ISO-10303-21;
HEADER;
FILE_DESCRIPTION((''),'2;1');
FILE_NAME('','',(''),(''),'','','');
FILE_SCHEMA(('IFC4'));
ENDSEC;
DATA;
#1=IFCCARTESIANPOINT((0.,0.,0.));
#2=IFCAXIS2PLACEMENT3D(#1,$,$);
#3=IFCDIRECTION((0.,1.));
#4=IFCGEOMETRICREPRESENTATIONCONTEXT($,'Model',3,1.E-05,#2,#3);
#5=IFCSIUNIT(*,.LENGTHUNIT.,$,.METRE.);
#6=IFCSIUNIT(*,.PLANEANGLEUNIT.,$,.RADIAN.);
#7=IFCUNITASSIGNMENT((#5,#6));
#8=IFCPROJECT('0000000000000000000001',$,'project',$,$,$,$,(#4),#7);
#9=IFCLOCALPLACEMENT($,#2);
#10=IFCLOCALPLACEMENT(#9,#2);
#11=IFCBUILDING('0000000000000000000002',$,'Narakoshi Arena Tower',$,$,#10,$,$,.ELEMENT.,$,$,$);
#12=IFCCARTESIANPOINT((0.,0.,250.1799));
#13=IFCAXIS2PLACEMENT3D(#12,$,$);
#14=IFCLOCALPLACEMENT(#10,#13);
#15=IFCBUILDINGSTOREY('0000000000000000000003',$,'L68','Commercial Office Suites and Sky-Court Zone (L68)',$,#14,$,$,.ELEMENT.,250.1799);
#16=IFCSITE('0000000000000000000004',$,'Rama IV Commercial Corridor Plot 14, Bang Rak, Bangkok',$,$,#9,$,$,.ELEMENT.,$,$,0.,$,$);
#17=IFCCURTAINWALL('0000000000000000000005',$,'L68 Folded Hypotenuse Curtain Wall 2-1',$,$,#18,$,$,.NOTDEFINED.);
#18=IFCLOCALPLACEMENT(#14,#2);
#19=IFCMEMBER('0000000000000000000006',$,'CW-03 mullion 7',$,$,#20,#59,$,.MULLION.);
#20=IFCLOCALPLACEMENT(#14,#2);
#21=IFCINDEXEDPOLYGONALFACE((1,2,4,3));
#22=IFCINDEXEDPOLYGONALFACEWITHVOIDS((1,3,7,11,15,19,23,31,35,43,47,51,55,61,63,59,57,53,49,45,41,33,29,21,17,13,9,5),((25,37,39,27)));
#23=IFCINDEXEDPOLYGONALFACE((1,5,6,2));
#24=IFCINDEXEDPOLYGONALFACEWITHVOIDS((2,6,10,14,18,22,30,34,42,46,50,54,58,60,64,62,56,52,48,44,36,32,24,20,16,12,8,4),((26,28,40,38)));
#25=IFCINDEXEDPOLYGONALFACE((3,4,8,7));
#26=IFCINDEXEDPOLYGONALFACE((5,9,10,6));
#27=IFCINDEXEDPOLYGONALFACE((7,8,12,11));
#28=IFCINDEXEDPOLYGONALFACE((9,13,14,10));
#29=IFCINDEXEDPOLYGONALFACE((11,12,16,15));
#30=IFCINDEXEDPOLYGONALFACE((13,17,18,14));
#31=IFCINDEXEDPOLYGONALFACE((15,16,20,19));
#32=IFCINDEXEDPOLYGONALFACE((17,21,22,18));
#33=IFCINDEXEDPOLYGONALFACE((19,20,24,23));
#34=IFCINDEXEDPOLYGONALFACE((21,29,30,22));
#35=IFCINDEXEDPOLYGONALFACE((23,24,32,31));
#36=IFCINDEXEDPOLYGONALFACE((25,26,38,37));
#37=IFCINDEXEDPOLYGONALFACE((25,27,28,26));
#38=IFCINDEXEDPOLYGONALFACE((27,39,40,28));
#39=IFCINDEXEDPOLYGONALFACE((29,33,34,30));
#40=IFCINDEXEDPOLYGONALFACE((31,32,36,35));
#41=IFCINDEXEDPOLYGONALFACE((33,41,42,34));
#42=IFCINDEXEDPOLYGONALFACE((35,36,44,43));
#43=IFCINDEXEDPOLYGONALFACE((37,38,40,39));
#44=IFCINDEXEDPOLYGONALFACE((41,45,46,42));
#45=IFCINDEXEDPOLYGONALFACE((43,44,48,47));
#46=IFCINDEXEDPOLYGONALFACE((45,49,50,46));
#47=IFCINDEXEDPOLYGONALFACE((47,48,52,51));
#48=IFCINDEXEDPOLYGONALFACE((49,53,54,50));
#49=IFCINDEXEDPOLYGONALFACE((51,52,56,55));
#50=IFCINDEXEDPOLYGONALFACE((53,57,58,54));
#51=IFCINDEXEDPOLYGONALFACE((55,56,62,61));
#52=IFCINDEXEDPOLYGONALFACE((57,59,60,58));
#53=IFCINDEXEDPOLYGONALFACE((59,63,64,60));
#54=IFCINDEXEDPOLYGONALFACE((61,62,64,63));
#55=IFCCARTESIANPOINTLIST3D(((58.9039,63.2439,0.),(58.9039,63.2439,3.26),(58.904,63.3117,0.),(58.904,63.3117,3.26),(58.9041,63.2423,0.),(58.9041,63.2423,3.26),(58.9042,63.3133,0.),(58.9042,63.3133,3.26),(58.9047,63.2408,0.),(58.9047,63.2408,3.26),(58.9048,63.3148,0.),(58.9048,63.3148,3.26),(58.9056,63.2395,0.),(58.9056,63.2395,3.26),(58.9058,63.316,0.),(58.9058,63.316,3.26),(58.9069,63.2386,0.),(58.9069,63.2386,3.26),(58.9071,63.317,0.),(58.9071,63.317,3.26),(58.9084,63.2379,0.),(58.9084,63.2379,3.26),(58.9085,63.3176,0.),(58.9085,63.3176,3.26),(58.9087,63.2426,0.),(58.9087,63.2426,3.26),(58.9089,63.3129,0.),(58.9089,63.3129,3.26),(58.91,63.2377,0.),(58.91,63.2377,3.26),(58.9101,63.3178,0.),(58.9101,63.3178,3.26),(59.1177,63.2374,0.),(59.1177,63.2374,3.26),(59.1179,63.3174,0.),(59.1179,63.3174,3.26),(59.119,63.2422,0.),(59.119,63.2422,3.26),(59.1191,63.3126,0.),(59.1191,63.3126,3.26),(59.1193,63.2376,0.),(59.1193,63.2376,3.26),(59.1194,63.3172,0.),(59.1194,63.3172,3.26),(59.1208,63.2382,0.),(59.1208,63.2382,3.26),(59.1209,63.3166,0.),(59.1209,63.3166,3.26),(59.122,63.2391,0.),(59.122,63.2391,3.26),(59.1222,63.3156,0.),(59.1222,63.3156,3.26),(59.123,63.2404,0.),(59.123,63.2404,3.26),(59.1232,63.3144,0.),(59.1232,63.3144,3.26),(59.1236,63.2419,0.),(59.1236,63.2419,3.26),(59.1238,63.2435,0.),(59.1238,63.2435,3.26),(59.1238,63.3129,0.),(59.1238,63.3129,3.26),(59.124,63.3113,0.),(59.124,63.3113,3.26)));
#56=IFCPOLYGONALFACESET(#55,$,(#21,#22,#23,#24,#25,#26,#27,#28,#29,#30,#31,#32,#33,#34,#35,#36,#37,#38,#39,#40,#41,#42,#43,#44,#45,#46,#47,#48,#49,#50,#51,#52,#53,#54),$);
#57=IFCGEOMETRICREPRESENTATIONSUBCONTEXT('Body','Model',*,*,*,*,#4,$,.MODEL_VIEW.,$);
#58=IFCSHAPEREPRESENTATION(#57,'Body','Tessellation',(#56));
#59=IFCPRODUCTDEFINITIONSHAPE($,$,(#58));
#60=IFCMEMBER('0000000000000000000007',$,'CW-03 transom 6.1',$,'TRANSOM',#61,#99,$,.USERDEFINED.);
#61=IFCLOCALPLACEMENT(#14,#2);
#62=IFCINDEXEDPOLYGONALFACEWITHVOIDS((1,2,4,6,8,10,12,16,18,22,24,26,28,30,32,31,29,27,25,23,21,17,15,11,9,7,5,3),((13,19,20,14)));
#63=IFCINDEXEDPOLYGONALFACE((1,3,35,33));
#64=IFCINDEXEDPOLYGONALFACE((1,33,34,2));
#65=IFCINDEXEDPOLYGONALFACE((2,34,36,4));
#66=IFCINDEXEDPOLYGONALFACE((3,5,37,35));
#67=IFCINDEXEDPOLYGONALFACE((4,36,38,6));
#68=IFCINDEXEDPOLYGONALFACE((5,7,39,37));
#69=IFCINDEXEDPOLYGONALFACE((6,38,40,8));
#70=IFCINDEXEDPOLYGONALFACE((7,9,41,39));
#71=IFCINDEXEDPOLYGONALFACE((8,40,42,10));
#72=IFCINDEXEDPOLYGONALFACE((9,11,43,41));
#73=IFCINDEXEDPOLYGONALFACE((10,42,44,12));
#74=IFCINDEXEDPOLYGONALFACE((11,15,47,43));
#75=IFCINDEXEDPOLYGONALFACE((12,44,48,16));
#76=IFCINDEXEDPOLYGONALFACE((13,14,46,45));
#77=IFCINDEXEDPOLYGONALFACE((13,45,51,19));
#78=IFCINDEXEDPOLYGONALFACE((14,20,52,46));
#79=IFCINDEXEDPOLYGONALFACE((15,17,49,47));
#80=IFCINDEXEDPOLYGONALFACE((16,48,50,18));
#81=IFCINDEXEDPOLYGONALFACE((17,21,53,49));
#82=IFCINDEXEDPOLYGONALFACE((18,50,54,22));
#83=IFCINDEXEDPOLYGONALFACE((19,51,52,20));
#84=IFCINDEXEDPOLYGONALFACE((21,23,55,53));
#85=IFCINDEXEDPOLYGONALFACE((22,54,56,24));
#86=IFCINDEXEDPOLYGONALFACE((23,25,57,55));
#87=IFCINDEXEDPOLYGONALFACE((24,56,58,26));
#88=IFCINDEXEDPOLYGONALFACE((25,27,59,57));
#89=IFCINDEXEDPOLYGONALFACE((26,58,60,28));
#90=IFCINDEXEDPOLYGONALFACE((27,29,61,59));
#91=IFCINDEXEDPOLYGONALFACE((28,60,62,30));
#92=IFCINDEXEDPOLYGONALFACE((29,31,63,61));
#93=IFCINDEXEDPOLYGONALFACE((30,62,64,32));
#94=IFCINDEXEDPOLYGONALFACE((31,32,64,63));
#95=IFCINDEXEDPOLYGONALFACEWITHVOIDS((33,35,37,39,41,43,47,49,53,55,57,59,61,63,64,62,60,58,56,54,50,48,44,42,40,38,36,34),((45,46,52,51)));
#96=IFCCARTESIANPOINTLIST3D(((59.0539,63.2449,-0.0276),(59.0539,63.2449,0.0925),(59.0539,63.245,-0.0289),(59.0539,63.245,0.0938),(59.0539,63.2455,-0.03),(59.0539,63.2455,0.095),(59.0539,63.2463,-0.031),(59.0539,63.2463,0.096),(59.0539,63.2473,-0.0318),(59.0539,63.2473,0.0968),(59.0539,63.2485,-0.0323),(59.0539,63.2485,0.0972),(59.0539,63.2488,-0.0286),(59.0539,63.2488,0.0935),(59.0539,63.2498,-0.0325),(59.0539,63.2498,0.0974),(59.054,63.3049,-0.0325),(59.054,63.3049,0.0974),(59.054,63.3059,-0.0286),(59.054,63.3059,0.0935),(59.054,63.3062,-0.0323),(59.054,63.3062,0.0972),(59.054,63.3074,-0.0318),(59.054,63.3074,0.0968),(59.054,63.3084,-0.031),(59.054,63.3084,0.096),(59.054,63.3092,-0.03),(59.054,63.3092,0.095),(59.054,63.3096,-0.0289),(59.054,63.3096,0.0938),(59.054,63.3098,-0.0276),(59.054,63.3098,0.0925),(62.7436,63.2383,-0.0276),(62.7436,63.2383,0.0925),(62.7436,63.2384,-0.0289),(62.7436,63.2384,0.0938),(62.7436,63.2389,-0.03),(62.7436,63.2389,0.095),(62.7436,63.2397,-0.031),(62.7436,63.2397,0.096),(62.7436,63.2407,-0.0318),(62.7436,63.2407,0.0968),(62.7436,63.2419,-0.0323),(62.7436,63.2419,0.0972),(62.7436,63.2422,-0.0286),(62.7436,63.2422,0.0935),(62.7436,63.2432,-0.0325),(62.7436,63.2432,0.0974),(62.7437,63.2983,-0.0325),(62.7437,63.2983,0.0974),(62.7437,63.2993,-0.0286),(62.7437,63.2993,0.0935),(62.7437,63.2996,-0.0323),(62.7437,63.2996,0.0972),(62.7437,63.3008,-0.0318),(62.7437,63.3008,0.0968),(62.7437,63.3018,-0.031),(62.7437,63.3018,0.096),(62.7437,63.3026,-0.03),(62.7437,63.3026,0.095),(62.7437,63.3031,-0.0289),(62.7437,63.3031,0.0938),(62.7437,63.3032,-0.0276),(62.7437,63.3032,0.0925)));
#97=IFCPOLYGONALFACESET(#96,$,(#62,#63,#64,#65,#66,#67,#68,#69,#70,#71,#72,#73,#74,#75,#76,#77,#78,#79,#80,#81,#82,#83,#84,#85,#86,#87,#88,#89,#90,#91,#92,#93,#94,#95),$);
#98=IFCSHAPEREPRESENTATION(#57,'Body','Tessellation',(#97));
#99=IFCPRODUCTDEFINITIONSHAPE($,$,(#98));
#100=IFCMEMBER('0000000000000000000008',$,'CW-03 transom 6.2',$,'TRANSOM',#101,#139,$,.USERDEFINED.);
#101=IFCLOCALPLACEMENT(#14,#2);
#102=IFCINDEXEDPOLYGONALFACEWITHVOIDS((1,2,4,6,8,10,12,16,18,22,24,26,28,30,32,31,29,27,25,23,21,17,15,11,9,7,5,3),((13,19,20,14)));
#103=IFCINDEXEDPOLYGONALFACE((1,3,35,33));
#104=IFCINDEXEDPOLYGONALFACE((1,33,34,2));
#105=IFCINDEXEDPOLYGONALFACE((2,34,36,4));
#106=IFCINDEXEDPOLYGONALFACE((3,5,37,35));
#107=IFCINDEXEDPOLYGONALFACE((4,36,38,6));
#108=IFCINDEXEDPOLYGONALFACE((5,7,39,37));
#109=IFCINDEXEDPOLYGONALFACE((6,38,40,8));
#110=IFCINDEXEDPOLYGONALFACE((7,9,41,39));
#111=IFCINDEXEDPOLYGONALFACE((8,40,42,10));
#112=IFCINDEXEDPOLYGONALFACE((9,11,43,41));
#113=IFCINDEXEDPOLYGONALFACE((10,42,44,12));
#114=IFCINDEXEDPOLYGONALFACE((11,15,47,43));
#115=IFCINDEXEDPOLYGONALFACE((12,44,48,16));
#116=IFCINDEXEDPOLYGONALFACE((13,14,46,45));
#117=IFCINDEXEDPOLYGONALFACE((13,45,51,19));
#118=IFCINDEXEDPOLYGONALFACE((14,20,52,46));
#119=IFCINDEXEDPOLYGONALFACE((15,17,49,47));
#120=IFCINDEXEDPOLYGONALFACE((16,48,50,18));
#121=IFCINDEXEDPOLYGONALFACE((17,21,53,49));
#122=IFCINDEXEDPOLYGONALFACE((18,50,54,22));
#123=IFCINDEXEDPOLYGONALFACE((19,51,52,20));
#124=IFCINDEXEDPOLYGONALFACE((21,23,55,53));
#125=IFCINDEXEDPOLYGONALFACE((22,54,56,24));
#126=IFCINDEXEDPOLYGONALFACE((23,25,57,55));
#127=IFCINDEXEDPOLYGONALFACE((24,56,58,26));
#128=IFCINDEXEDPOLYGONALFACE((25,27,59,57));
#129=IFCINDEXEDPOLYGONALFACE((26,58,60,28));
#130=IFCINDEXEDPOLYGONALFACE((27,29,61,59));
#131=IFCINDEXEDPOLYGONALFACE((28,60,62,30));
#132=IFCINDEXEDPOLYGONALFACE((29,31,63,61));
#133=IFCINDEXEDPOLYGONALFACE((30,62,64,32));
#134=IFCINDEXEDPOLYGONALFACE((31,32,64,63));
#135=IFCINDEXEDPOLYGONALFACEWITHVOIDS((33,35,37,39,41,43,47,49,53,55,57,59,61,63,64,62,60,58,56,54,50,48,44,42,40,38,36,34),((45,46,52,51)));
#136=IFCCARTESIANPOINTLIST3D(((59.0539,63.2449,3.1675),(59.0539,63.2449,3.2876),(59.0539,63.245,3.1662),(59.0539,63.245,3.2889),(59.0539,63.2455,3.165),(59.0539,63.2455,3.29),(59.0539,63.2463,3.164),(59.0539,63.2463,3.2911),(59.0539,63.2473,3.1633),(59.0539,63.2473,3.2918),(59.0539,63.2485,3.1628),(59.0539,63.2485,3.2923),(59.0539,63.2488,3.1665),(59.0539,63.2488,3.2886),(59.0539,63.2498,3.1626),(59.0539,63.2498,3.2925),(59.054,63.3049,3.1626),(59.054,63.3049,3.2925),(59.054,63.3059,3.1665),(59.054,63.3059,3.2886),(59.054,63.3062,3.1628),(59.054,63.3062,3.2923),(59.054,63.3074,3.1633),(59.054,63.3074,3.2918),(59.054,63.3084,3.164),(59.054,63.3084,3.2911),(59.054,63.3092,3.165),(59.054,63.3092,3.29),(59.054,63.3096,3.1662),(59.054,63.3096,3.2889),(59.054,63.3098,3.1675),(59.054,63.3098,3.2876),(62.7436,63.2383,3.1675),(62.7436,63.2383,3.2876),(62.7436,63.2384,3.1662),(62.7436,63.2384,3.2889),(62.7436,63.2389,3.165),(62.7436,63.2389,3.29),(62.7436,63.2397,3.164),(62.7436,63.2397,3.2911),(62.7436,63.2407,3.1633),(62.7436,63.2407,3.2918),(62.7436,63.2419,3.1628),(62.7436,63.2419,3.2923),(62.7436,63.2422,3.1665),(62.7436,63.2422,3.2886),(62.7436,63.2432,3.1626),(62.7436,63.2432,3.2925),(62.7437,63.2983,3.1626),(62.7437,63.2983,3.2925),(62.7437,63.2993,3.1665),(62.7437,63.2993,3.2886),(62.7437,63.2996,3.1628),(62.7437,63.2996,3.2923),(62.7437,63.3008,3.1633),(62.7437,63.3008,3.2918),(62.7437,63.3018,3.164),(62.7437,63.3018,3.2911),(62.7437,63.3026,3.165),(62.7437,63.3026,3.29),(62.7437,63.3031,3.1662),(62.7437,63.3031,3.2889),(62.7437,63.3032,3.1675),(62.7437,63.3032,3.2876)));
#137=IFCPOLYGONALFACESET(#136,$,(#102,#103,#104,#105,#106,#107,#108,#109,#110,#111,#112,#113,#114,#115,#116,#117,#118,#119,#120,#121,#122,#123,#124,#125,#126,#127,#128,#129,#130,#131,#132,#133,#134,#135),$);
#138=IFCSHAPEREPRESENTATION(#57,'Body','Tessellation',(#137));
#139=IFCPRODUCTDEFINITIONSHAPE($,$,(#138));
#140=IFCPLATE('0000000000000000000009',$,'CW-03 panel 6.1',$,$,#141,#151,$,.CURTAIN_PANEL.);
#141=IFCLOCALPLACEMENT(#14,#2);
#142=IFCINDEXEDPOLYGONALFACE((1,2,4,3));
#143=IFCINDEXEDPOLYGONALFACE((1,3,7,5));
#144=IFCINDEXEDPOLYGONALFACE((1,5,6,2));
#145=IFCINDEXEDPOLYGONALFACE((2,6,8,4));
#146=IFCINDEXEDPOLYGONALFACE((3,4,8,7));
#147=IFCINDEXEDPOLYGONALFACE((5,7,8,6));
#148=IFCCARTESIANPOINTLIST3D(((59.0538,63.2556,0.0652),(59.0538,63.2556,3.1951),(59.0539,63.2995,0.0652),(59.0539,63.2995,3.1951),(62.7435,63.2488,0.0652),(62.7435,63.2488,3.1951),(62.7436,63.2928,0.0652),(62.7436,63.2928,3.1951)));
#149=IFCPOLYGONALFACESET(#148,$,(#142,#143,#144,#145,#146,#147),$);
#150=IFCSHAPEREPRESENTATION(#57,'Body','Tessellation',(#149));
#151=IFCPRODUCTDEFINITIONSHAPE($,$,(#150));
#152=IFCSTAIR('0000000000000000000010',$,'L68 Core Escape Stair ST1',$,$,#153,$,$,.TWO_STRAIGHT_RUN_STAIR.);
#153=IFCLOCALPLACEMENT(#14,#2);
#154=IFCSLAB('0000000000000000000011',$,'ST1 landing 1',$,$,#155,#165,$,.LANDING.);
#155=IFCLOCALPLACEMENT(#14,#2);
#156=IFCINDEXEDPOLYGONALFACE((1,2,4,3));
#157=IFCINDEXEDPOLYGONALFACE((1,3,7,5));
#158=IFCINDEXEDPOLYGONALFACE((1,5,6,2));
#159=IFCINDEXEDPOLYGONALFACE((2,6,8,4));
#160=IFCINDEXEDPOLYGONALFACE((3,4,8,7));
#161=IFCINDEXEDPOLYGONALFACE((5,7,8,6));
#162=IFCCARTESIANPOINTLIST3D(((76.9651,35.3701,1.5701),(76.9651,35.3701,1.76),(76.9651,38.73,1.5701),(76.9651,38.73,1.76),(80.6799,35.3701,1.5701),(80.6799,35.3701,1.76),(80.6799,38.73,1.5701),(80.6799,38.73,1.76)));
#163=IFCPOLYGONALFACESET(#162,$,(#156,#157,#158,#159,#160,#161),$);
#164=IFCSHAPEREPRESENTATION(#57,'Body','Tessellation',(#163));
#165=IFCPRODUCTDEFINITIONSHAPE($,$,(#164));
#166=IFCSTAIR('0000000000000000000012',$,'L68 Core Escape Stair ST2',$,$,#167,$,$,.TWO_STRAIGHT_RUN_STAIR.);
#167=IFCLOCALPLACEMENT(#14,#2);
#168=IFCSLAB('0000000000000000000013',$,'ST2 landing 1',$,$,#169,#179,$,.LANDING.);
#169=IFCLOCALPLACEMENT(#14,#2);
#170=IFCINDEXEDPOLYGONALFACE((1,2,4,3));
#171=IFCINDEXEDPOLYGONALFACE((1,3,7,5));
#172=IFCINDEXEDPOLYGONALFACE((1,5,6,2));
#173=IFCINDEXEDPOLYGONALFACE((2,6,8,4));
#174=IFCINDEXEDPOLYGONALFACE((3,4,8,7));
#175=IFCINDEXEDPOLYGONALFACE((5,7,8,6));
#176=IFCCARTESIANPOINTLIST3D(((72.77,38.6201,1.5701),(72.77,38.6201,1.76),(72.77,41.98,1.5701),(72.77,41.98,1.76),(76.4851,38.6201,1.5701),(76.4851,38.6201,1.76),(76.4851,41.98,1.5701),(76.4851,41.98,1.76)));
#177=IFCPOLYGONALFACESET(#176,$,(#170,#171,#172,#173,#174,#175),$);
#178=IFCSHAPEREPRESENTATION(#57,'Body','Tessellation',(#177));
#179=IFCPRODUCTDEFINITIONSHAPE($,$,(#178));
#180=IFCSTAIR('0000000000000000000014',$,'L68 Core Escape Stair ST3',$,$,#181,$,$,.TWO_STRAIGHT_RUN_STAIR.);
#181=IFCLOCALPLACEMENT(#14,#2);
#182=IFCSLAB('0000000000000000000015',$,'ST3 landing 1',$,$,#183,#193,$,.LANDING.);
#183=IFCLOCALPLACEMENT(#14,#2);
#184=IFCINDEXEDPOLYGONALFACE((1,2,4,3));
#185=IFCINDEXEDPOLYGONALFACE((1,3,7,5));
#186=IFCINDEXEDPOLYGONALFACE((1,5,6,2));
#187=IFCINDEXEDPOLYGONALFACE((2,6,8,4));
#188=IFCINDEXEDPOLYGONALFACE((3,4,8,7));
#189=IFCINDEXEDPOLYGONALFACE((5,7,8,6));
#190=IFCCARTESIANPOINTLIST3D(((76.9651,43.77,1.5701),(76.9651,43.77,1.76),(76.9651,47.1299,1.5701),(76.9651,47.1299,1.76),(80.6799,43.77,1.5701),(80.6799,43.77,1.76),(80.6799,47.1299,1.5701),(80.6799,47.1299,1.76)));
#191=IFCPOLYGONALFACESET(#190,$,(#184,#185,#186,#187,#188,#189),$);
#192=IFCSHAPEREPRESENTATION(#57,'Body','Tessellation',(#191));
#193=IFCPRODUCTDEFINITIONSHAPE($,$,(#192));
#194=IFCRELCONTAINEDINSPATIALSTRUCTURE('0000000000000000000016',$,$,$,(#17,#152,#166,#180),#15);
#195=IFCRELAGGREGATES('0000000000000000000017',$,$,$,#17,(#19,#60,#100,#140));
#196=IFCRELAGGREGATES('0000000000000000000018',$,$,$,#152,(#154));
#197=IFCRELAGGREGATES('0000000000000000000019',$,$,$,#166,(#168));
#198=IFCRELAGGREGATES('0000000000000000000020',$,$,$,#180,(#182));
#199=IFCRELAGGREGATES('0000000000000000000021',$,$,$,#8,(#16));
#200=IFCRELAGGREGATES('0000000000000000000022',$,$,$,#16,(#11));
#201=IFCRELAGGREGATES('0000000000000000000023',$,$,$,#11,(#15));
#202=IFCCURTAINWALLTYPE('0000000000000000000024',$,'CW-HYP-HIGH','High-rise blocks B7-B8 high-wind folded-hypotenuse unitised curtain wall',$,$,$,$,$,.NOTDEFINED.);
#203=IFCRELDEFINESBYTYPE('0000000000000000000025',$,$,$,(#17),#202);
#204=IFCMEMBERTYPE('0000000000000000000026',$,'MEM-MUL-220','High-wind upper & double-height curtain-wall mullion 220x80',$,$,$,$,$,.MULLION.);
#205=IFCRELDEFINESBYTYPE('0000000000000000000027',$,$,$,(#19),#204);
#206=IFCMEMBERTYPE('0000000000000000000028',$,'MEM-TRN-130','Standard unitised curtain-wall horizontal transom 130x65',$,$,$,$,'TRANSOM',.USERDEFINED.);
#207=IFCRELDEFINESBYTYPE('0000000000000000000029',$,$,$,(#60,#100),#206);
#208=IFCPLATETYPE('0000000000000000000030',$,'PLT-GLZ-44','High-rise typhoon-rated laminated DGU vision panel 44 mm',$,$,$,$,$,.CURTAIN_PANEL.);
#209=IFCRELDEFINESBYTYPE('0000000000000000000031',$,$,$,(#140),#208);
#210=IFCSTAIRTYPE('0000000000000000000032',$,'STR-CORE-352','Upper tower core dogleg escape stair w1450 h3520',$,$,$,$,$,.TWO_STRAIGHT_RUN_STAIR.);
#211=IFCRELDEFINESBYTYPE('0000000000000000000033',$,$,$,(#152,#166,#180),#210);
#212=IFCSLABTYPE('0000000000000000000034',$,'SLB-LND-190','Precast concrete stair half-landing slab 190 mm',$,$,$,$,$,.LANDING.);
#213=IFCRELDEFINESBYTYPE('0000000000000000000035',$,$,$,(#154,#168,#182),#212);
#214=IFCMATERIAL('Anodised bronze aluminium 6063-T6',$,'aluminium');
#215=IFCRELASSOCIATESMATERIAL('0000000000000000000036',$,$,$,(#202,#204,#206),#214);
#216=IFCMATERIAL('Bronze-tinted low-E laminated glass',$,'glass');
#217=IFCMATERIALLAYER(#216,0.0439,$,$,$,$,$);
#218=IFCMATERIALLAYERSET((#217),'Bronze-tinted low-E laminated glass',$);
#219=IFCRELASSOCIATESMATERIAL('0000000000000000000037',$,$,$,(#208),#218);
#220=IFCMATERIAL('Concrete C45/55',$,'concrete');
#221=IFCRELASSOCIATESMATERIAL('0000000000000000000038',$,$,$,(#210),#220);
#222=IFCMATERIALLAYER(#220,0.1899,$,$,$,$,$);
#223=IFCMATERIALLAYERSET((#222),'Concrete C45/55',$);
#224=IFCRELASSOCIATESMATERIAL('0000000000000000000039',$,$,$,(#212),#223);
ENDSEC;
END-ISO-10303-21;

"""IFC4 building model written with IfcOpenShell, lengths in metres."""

from ifc_helpers import new_model, si_unit, direction, frame, origin, origin_2d, place, context, subcontext, project, spatial, polyline, rectangle, hollow_rectangle, outline, extrude, material, layer, layer_set, material_profile, profile_set, type_object, element, aggregate, save


model = new_model("IFC4")

# Units and contexts
model_context = context("Model", 3, precision=1e-05, world=origin(), true_north=direction((0.0, 1.0)))
body_context = subcontext(model_context, "Body", "Model", "MODEL_VIEW")
ifc_project = project(units=[si_unit("LENGTHUNIT", "METRE"), si_unit("PLANEANGLEUNIT", "RADIAN")], contexts=[model_context])

# Site, building, storey
site_placement = place(None, origin())
site = spatial("IfcSite", under=ifc_project, at=site_placement, Name="Rama IV Commercial Corridor Plot 14, Bang Rak, Bangkok", CompositionType="ELEMENT", RefElevation=0.0)
building_placement = place(site_placement, origin())
building = spatial("IfcBuilding", under=site, at=building_placement, Name="Narakoshi Arena Tower", CompositionType="ELEMENT")
storey_placement = place(building_placement, frame((0.0, 0.0, 250.1799)))
storey = spatial("IfcBuildingStorey", under=building, at=storey_placement, Name="L68", Description="Commercial Office Suites and Sky-Court Zone (L68)", CompositionType="ELEMENT", Elevation=250.1799)

# Curtain wall, members, plate
ifc_material_1 = material(Name="Anodised bronze aluminium 6063-T6", Category="aluminium")
curtain_wall_type = type_object("IfcCurtainWallType", Name="CW-HYP-HIGH", Description="High-rise blocks B7-B8 high-wind folded-hypotenuse unitised curtain wall", PredefinedType="NOTDEFINED", material=ifc_material_1)
curtain_wall_placement = place(storey_placement, origin())
curtain_wall = element("IfcCurtainWall", 1, at=curtain_wall_placement, inside=storey, type_object=curtain_wall_type, Name="L68 Folded Hypotenuse Curtain Wall 2-1", PredefinedType="NOTDEFINED")
ifc_material_profile_1 = material_profile(ifc_material_1, hollow_rectangle(XDim=0.0801, YDim=0.22, WallThickness=0.0049, OuterFilletRadius=0.0061, at=origin_2d()), Name="MUL220x80x5")
ifc_profile_set_1 = profile_set([ifc_material_profile_1], Name="Anodised bronze aluminium 6063-T6")
member_type_1 = type_object("IfcMemberType", Name="MEM-MUL-220", Description="High-wind upper & double-height curtain-wall mullion 220x80", PredefinedType="MULLION", material=ifc_profile_set_1)
member_1_placement = place(storey_placement, frame((59.0139, 63.2776, 0.0), z_axis=(0.0, 0.0, 1.0), x_axis=(-0.00182, -0.999998, 0.0)))
member_1 = element("IfcMember", 2, at=member_1_placement, type_object=member_type_1, Name="CW-03 mullion 7", PredefinedType="MULLION", context=body_context, shape_type="SweptSolid", body=[
    extrude(hollow_rectangle(XDim=0.0801, YDim=0.22, WallThickness=0.0049, OuterFilletRadius=0.0061, at=origin_2d()), origin(), (0.0, 0.0, 1.0), 3.26),
])
ifc_material_profile_2 = material_profile(ifc_material_1, hollow_rectangle(XDim=0.0649, YDim=0.1299, WallThickness=0.0039, OuterFilletRadius=0.0049, at=origin_2d()), Name="TRN130x65x4")
ifc_profile_set_2 = profile_set([ifc_material_profile_2], Name="Anodised bronze aluminium 6063-T6")
member_type_2 = type_object("IfcMemberType", Name="MEM-TRN-130", Description="Standard unitised curtain-wall horizontal transom 130x65", ElementType="TRANSOM", PredefinedType="USERDEFINED", material=ifc_profile_set_2)
member_2_placement = place(storey_placement, frame((62.7437, 63.2708, 0.0325), z_axis=(-0.999998, 0.001787, 0.0), x_axis=(-0.001787, -0.999998, 0.0)))
member_2 = element("IfcMember", 3, at=member_2_placement, type_object=member_type_2, Name="CW-03 transom 6.1", ObjectType="TRANSOM", PredefinedType="USERDEFINED", context=body_context, shape_type="SweptSolid", body=[
    extrude(hollow_rectangle(XDim=0.0649, YDim=0.1299, WallThickness=0.0039, OuterFilletRadius=0.0049, at=origin_2d()), origin(), (0.0, 0.0, 1.0), 3.6897),
])
member_3_placement = place(storey_placement, frame((62.7437, 63.2708, 3.2275), z_axis=(-0.999998, 0.001787, 0.0), x_axis=(-0.001787, -0.999998, 0.0)))
member_3 = element("IfcMember", 4, at=member_3_placement, type_object=member_type_2, Name="CW-03 transom 6.2", ObjectType="TRANSOM", PredefinedType="USERDEFINED", context=body_context, shape_type="SweptSolid", body=[
    extrude(hollow_rectangle(XDim=0.0649, YDim=0.1299, WallThickness=0.0039, OuterFilletRadius=0.0049, at=origin_2d()), origin(), (0.0, 0.0, 1.0), 3.6897),
])
ifc_material_2 = material(Name="Bronze-tinted low-E laminated glass", Category="glass")
ifc_layer_1 = layer(ifc_material_2, 0.0439)
ifc_layer_set_1 = layer_set([ifc_layer_1], Name="Bronze-tinted low-E laminated glass")
plate_type = type_object("IfcPlateType", Name="PLT-GLZ-44", Description="High-rise typhoon-rated laminated DGU vision panel 44 mm", PredefinedType="CURTAIN_PANEL", material=ifc_layer_set_1)
plate_placement = place(storey_placement, frame((60.8987, 63.2742, 0.0652), z_axis=(0.0, 0.0, 1.0), x_axis=(-0.999998, 0.00182, 0.0)))
plate = element("IfcPlate", 5, at=plate_placement, type_object=plate_type, Name="CW-03 panel 6.1", PredefinedType="CURTAIN_PANEL", context=body_context, shape_type="SweptSolid", body=[
    extrude(rectangle(XDim=3.6897, YDim=0.0439, at=origin_2d()), origin(), (0.0, 0.0, 1.0), 3.1299),
])
aggregate(curtain_wall, [member_1, member_2, member_3, plate])

# Stairs, slabs
ifc_material_3 = material(Name="Concrete C45/55", Category="concrete")
stair_type = type_object("IfcStairType", Name="STR-CORE-352", Description="Upper tower core dogleg escape stair w1450 h3520", PredefinedType="TWO_STRAIGHT_RUN_STAIR", material=ifc_material_3)
stair_1_placement = place(storey_placement, origin())
stair_1 = element("IfcStair", 6, at=stair_1_placement, inside=storey, type_object=stair_type, Name="L68 Core Escape Stair ST1", PredefinedType="TWO_STRAIGHT_RUN_STAIR")
ifc_layer_2 = layer(ifc_material_3, 0.1899)
ifc_layer_set_2 = layer_set([ifc_layer_2], Name="Concrete C45/55")
slab_type_1 = type_object("IfcSlabType", Name="SLB-LND-190", Description="Precast concrete stair half-landing slab 190 mm", PredefinedType="LANDING", material=ifc_layer_set_2)
slab_1_placement = place(storey_placement, frame((0.0, 0.0, 1.5701)))
slab_1 = element("IfcSlab", 7, at=slab_1_placement, type_object=slab_type_1, Name="ST1 landing 1", PredefinedType="LANDING", context=body_context, shape_type="SweptSolid", body=[
    extrude(outline(polyline([(76.9651, 35.3701), (80.6799, 35.3701), (80.6799, 38.73), (76.9651, 38.73), (76.9651, 35.3701)])), origin(), (0.0, 0.0, 1.0), 0.1899),
])
aggregate(stair_1, [slab_1])
stair_2_placement = place(storey_placement, origin())
stair_2 = element("IfcStair", 8, at=stair_2_placement, inside=storey, type_object=stair_type, Name="L68 Core Escape Stair ST2", PredefinedType="TWO_STRAIGHT_RUN_STAIR")
slab_2_placement = place(storey_placement, frame((0.0, 0.0, 1.5701)))
slab_2 = element("IfcSlab", 9, at=slab_2_placement, type_object=slab_type_1, Name="ST2 landing 1", PredefinedType="LANDING", context=body_context, shape_type="SweptSolid", body=[
    extrude(outline(polyline([(72.77, 38.6201), (76.4851, 38.6201), (76.4851, 41.98), (72.77, 41.98), (72.77, 38.6201)])), origin(), (0.0, 0.0, 1.0), 0.1899),
])
aggregate(stair_2, [slab_2])
stair_3_placement = place(storey_placement, origin())
stair_3 = element("IfcStair", 10, at=stair_3_placement, inside=storey, type_object=stair_type, Name="L68 Core Escape Stair ST3", PredefinedType="TWO_STRAIGHT_RUN_STAIR")
slab_3_placement = place(storey_placement, frame((0.0, 0.0, 1.5701)))
slab_3 = element("IfcSlab", 11, at=slab_3_placement, type_object=slab_type_1, Name="ST3 landing 1", PredefinedType="LANDING", context=body_context, shape_type="SweptSolid", body=[
    extrude(outline(polyline([(76.9651, 43.77), (80.6799, 43.77), (80.6799, 47.1299), (76.9651, 47.1299), (76.9651, 43.77)])), origin(), (0.0, 0.0, 1.0), 0.1899),
])
aggregate(stair_3, [slab_3])

save(model, "model.ifc")
